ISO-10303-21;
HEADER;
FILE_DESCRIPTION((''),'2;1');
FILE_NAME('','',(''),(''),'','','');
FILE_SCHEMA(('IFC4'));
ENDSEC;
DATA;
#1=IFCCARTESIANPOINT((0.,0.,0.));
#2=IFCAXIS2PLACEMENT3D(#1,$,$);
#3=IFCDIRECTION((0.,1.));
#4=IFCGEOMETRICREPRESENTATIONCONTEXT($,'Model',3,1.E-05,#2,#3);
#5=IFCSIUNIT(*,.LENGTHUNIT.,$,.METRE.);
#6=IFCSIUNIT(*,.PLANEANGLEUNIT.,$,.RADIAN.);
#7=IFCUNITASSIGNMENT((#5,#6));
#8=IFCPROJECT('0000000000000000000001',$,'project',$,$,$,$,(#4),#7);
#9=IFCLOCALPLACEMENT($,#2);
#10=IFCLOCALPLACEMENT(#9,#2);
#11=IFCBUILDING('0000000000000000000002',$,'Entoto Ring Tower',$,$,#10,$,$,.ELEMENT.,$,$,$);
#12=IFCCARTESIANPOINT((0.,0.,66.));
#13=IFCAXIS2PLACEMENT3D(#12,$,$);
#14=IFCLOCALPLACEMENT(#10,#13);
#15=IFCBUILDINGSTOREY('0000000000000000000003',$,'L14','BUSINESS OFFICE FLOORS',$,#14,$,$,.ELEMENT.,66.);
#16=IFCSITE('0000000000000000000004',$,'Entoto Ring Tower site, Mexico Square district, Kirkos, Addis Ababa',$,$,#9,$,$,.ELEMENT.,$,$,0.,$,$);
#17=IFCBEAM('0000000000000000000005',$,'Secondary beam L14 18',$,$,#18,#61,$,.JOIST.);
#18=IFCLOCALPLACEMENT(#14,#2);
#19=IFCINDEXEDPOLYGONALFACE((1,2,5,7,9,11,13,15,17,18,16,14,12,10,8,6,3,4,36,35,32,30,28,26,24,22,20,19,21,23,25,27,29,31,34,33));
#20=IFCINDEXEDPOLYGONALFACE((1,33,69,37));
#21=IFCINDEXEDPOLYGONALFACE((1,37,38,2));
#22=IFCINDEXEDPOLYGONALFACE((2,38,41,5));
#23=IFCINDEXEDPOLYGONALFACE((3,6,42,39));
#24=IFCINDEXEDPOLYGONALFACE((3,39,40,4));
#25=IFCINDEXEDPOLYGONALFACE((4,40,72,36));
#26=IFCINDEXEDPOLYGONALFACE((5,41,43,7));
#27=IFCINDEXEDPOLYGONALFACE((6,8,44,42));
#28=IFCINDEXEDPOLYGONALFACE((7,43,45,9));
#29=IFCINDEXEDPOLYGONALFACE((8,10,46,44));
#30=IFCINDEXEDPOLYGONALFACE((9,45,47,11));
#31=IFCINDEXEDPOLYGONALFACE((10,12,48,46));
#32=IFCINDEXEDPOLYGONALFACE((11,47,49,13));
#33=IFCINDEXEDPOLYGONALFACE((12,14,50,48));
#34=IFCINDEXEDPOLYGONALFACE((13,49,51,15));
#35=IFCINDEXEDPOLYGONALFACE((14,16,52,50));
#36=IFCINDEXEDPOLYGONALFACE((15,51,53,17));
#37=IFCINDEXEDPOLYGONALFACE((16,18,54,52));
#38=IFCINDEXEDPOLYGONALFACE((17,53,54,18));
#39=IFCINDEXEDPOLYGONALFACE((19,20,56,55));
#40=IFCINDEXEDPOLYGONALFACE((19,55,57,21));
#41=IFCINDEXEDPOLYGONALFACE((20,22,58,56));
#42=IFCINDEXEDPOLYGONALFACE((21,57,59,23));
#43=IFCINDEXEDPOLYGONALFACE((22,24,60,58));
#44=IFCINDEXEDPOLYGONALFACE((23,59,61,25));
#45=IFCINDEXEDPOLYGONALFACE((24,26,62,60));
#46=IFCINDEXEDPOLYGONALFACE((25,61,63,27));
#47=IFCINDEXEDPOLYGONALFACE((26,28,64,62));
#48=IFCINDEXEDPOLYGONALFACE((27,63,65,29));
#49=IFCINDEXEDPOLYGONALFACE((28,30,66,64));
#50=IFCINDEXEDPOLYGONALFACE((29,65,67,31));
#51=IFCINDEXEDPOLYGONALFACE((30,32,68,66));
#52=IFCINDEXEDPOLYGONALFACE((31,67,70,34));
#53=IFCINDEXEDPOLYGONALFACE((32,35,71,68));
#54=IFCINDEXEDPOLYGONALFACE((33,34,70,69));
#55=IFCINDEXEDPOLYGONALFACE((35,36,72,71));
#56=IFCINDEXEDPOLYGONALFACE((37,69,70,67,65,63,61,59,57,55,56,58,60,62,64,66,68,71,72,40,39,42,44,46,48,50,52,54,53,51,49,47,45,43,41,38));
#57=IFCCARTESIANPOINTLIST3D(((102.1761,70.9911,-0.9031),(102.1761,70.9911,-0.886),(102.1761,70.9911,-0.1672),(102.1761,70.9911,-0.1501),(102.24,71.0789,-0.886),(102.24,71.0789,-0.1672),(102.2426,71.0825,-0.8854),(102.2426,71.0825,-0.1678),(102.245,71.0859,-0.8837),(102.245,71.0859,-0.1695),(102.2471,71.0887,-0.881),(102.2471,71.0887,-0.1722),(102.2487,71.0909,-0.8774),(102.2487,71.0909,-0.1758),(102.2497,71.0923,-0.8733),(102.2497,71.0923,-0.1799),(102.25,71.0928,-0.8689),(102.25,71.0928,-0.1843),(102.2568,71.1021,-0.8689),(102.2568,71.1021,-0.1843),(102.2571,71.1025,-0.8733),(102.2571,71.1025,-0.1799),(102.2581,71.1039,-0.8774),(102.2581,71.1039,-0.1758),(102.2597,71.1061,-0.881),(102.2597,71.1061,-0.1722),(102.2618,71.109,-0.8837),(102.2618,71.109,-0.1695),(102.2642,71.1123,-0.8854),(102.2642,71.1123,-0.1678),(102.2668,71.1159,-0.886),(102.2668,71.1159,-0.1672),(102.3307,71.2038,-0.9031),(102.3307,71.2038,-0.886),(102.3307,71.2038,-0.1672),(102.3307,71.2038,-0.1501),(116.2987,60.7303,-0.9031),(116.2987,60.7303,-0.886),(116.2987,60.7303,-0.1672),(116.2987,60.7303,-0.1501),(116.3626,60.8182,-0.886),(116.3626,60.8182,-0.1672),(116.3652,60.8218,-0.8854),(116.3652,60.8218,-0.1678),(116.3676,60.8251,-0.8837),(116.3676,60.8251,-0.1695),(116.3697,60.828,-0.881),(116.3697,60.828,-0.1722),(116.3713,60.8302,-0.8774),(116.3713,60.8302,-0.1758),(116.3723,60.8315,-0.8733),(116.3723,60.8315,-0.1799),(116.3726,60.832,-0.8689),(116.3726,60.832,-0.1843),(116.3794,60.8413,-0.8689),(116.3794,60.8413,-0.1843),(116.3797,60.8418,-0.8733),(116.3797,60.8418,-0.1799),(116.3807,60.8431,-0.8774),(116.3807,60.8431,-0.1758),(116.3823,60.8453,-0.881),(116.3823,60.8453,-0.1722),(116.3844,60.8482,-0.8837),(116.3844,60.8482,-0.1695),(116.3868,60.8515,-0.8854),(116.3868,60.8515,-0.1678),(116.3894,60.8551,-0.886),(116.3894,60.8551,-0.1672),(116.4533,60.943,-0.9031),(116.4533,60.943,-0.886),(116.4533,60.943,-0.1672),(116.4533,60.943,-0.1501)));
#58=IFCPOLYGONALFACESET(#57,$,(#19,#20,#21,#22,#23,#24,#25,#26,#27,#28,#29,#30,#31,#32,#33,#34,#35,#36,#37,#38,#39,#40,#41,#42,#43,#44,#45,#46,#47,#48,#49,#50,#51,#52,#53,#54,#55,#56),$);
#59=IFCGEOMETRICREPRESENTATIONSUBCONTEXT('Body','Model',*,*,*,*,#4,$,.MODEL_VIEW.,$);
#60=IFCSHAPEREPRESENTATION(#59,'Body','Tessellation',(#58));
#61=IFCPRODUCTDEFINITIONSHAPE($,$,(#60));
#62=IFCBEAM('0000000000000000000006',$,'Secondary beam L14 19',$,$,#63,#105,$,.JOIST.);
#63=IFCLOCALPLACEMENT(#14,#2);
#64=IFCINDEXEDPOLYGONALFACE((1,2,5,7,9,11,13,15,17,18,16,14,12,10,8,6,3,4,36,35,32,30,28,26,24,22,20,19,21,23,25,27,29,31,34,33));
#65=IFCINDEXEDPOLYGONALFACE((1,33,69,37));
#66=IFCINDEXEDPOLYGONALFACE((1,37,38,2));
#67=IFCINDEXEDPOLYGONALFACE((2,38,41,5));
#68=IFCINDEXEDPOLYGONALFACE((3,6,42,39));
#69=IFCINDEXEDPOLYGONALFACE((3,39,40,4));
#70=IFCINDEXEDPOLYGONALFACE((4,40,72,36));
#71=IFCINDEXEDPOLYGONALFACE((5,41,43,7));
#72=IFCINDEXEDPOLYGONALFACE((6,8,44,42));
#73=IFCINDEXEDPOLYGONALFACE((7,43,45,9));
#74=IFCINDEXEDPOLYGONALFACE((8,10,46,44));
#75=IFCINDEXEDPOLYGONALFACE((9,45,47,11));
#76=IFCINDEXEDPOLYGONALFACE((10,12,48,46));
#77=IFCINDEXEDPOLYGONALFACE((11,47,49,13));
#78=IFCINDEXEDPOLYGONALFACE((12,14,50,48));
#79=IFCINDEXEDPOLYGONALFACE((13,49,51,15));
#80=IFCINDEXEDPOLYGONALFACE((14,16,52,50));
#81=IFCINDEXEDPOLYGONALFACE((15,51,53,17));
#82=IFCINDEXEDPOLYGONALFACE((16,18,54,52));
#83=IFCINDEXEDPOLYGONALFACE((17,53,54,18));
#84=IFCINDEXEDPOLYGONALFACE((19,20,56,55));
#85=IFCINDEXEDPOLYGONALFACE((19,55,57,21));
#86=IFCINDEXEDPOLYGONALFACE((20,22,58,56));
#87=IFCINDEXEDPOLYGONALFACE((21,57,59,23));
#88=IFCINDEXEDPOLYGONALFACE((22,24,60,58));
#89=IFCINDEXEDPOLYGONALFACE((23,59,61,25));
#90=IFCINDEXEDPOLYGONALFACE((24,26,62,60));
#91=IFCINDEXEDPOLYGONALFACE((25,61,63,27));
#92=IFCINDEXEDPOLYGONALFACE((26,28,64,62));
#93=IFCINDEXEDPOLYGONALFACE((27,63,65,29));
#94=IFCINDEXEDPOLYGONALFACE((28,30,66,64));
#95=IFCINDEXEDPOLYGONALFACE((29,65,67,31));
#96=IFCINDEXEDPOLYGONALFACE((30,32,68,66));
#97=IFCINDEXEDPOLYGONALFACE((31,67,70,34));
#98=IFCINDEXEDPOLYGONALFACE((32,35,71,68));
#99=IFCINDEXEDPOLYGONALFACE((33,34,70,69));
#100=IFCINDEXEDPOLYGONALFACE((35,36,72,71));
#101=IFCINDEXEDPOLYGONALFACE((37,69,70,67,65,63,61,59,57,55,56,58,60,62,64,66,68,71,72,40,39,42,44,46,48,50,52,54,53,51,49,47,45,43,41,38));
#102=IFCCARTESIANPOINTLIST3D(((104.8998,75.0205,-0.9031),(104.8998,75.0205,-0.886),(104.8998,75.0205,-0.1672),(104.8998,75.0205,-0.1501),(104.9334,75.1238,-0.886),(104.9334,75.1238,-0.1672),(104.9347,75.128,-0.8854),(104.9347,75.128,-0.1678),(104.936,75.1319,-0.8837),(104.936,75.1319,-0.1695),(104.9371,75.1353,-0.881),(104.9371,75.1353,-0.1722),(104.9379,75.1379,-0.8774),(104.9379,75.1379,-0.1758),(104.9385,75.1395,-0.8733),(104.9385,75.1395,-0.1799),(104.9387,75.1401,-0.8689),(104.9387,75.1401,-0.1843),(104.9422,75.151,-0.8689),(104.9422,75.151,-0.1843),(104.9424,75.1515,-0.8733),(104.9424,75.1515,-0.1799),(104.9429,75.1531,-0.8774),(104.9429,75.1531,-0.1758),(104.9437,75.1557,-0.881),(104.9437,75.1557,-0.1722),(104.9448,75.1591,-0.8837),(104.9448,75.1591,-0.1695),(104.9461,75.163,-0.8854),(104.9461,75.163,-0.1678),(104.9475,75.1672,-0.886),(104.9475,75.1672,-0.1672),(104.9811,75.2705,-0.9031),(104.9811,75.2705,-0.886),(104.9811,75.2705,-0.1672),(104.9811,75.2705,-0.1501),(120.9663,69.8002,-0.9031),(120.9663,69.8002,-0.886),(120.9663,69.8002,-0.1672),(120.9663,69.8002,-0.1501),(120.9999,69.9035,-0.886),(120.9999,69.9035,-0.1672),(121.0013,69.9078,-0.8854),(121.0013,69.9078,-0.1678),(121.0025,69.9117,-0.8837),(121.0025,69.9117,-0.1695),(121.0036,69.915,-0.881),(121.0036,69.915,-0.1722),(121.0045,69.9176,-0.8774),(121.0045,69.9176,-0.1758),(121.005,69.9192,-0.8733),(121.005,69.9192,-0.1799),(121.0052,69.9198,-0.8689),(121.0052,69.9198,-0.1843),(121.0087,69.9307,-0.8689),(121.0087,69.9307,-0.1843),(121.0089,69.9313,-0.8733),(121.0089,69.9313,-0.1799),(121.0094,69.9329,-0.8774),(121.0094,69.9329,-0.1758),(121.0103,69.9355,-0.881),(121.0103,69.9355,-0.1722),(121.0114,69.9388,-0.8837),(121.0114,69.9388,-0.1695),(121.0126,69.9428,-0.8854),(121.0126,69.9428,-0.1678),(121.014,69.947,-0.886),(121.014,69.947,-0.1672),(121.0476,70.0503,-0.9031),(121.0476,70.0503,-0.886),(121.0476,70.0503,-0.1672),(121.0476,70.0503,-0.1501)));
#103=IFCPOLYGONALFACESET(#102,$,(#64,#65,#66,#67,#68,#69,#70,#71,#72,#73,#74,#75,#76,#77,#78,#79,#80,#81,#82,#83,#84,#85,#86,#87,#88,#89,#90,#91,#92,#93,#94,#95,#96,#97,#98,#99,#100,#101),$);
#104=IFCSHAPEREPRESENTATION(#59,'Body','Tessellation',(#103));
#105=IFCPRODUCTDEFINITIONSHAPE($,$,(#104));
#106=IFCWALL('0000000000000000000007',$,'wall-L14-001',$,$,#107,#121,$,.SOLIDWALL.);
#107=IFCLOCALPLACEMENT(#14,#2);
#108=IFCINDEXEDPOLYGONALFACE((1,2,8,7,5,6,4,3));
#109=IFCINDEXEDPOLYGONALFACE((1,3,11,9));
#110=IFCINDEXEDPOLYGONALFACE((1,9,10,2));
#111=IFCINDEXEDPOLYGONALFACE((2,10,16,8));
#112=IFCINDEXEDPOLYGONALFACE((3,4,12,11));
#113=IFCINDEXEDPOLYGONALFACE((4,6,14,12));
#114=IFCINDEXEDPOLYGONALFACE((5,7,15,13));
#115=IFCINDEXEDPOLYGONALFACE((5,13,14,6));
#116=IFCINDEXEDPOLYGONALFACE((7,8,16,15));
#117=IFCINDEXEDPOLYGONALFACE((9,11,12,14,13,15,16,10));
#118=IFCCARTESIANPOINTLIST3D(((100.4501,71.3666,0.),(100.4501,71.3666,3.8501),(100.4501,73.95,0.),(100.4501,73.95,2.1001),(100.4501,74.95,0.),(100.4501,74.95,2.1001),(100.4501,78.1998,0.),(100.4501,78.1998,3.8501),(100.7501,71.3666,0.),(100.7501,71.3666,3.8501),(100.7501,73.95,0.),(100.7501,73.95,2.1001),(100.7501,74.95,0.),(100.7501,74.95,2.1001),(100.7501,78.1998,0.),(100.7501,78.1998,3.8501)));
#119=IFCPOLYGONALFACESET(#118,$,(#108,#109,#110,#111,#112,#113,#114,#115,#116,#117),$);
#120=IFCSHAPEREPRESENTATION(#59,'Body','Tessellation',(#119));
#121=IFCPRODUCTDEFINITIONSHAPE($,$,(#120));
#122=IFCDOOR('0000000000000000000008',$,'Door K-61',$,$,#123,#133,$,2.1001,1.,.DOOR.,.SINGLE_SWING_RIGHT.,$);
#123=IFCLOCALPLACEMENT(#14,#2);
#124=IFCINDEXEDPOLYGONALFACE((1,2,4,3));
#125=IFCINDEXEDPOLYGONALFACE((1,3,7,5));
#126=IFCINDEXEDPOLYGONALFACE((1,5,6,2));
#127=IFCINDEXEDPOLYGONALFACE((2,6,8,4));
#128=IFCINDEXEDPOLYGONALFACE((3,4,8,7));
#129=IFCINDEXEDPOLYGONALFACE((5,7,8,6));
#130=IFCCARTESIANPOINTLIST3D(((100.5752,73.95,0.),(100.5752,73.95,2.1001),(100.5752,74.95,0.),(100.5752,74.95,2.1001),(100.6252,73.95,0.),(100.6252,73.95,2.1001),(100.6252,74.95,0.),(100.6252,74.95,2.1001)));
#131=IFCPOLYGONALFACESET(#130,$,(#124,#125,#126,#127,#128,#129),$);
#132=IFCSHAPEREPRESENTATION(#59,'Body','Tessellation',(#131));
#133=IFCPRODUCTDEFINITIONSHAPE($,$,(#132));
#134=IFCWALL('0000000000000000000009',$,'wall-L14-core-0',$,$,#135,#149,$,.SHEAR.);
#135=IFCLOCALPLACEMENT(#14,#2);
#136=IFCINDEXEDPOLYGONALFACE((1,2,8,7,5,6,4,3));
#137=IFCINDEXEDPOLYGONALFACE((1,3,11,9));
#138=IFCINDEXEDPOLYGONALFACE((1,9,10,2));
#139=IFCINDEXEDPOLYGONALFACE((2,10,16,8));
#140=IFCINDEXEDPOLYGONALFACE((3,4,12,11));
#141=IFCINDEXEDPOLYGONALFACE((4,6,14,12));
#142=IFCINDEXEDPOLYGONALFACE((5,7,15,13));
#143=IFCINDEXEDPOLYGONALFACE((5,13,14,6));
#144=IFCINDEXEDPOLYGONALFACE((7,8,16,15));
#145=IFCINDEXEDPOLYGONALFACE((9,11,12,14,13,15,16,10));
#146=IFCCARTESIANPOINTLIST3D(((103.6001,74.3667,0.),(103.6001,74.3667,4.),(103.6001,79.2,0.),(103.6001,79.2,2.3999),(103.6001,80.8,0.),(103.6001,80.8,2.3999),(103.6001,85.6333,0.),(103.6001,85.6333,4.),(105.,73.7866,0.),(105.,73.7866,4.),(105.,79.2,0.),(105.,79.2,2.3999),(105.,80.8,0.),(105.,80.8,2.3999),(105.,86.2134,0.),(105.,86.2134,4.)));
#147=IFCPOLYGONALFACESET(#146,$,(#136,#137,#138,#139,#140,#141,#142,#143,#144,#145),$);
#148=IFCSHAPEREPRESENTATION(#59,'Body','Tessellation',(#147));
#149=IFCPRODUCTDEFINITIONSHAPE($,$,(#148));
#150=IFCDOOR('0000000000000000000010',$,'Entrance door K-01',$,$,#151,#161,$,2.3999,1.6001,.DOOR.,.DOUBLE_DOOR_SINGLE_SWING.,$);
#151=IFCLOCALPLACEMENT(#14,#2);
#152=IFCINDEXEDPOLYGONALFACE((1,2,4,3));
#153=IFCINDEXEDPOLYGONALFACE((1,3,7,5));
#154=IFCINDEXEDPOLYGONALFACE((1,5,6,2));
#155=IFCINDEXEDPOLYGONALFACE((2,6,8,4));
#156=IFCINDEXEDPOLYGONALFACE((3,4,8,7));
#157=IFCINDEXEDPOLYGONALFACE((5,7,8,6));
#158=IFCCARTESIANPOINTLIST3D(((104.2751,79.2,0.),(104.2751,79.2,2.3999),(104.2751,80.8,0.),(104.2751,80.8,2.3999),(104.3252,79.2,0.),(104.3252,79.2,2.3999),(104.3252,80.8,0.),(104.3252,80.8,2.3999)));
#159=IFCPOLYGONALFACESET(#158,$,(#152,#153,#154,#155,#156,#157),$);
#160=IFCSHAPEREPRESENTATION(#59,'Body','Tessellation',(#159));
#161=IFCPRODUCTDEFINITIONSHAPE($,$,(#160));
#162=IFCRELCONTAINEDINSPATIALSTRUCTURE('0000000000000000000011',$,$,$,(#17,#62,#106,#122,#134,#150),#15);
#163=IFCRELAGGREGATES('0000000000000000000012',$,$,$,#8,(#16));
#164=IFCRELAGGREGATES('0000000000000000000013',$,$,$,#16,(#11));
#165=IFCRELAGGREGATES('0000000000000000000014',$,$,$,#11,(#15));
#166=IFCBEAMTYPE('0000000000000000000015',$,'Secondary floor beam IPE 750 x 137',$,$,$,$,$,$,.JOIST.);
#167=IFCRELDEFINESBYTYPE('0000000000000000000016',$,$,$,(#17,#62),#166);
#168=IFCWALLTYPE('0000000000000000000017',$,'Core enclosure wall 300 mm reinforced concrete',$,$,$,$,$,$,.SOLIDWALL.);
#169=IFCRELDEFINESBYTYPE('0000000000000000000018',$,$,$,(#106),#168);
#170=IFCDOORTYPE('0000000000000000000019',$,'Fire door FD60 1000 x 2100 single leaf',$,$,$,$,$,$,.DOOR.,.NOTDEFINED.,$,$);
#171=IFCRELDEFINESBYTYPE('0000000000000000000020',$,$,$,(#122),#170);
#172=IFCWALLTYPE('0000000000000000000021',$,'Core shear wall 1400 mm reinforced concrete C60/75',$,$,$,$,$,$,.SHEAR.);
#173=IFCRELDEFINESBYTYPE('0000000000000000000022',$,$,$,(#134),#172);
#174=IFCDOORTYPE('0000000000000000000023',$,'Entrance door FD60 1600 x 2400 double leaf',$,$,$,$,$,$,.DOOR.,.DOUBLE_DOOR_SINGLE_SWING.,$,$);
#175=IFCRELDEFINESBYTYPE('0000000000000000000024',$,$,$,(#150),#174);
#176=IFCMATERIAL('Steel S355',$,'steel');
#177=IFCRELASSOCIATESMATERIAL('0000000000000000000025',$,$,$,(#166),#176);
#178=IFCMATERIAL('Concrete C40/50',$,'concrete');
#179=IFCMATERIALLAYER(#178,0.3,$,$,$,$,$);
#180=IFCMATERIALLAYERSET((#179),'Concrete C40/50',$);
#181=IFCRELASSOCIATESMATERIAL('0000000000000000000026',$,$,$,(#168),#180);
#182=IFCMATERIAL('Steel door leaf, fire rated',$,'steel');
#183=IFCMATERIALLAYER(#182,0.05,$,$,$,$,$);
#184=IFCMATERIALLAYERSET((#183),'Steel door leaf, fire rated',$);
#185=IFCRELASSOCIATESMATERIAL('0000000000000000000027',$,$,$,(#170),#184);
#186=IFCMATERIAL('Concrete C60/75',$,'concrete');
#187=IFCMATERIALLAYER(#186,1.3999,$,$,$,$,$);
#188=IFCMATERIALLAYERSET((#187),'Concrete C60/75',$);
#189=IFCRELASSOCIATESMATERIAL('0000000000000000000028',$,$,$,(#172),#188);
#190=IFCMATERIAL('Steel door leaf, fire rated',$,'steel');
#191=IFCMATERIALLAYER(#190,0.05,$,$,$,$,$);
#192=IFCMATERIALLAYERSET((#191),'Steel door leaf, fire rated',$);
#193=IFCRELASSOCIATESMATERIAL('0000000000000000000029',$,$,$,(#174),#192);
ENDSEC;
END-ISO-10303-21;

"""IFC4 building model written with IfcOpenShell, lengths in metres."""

from ifc_helpers import new_model, si_unit, direction, frame, frame_2d, origin, origin_2d, place, context, subcontext, project, spatial, polyline, rectangle, i_section, outline, extrude, material, layer, layer_set, material_profile, profile_set, type_object, element, fill, save


model = new_model("IFC4")

# Units and contexts
model_context = context("Model", 3, precision=1e-05, world=origin(), true_north=direction((0.0, 1.0)))
body_context = subcontext(model_context, "Body", "Model", "MODEL_VIEW")
ifc_project = project(units=[si_unit("LENGTHUNIT", "METRE"), si_unit("PLANEANGLEUNIT", "RADIAN")], contexts=[model_context])

# Site, building, storey
site_placement = place(None, origin())
site = spatial("IfcSite", under=ifc_project, at=site_placement, Name="Entoto Ring Tower site, Mexico Square district, Kirkos, Addis Ababa", CompositionType="ELEMENT", RefElevation=0.0)
building_placement = place(site_placement, origin())
building = spatial("IfcBuilding", under=site, at=building_placement, Name="Entoto Ring Tower", CompositionType="ELEMENT")
storey_placement = place(building_placement, frame((0.0, 0.0, 66.0)))
storey = spatial("IfcBuildingStorey", under=building, at=storey_placement, Name="L14", Description="BUSINESS OFFICE FLOORS", CompositionType="ELEMENT", Elevation=66.0)

# Beams
ifc_material_1 = material(Name="Steel S355", Category="steel")
ifc_material_profile_1 = material_profile(ifc_material_1, i_section(OverallWidth=0.2629, OverallDepth=0.7529, WebThickness=0.0115, FlangeThickness=0.0171, FilletRadius=0.0171, at=origin_2d()), Name="IPE 750 x 137")
ifc_profile_set_1 = profile_set([ifc_material_profile_1], Name="Steel S355")
beam_type_1 = type_object("IfcBeamType", Name="Secondary floor beam IPE 750 x 137", PredefinedType="JOIST", material=ifc_profile_set_1)
for number, where, z_axis, x_axis, name in (
    (1, (102.2534, 71.0974, -0.5266), (0.809014, -0.587789, 0.0), (0.587789, 0.809014, 0.0), "Secondary beam L14 18"),
):
    element("IfcBeam", number, at=place(storey_placement, frame(where, z_axis=z_axis, x_axis=x_axis)), inside=storey, type_object=beam_type_1, Name=name, PredefinedType="JOIST", context=body_context, shape_type="SweptSolid", body=[
        extrude(i_section(OverallWidth=0.2629, OverallDepth=0.7529, WebThickness=0.0115, FlangeThickness=0.0171, FilletRadius=0.0171, at=origin_2d()), origin(), (0.0, 0.0, 1.0), 17.4565),
    ])
beam_1_placement = place(storey_placement, frame((104.9404, 75.1455, -0.5266), z_axis=(0.951058, -0.309013, 0.0), x_axis=(0.309013, 0.951058, 0.0)))
element("IfcBeam", 2, at=beam_1_placement, inside=storey, type_object=beam_type_1, Name="Secondary beam L14 19", PredefinedType="JOIST", context=body_context, shape_type="SweptSolid", body=[
    extrude(i_section(OverallWidth=0.2629, OverallDepth=0.7529, WebThickness=0.0115, FlangeThickness=0.0171, FilletRadius=0.0171, at=origin_2d()), origin(), (0.0, 0.0, 1.0), 16.8933),
])

# Walls, openings, doors
ifc_material_2 = material(Name="Concrete C40/50", Category="concrete")
ifc_layer_1 = layer(ifc_material_2, 0.3)
ifc_layer_set_1 = layer_set([ifc_layer_1], Name="Concrete C40/50")
wall_type_1 = type_object("IfcWallType", Name="Core enclosure wall 300 mm reinforced concrete", PredefinedType="SOLIDWALL", material=ifc_layer_set_1)
wall_1_placement = place(storey_placement, frame((100.6001, 71.3667, 0.0), z_axis=(0.0, 0.0, 1.0), x_axis=(0.0, 1.0, 0.0)))
wall_1 = element("IfcWall", 3, at=wall_1_placement, inside=storey, type_object=wall_type_1, Name="wall-L14-001", PredefinedType="SOLIDWALL", context=body_context, shape_type="SweptSolid", body=[
    extrude(rectangle(XDim=6.8333, YDim=0.3, at=frame_2d((3.4165, 0.0))), origin(), (0.0, 0.0, 1.0), 3.8501),
])
opening_1_placement = place(wall_1_placement, frame((2.5833, 0.0, 0.0)))
opening_1 = element("IfcOpeningElement", 4, at=opening_1_placement, cuts=wall_1, PredefinedType="OPENING", context=body_context, shape_type="SweptSolid", body=[
    extrude(rectangle(XDim=1.0, YDim=2.1001, at=frame_2d((0.5, 1.05))), frame((0.0, 0.1602, 0.0), z_axis=(0.0, -1.0, 0.0), x_axis=(1.0, 0.0, 0.0)), (0.0, 0.0, 1.0), 0.3201),
])
ifc_material_3 = material(Name="Steel door leaf, fire rated", Category="steel")
ifc_layer_2 = layer(ifc_material_3, 0.05)
ifc_layer_set_2 = layer_set([ifc_layer_2], Name="Steel door leaf, fire rated")
door_type_1 = type_object("IfcDoorType", Name="Fire door FD60 1000 x 2100 single leaf", OperationType="NOTDEFINED", PredefinedType="DOOR", material=ifc_layer_set_2)
door_1_placement = place(opening_1_placement, origin())
door_1 = element("IfcDoor", 5, at=door_1_placement, inside=storey, type_object=door_type_1, Name="Door K-61", OperationType="SINGLE_SWING_RIGHT", OverallHeight=2.1001, OverallWidth=1.0, PredefinedType="DOOR", context=body_context, shape_type="SweptSolid", body=[
    extrude(rectangle(XDim=1.0, YDim=2.1001, at=frame_2d((0.5, 1.05))), frame((0.0, 0.0249, 0.0), z_axis=(0.0, -1.0, 0.0), x_axis=(1.0, 0.0, 0.0)), (0.0, 0.0, 1.0), 0.05),
])
fill(opening_1, door_1)
ifc_material_4 = material(Name="Concrete C60/75", Category="concrete")
ifc_layer_3 = layer(ifc_material_4, 1.3999)
ifc_layer_set_3 = layer_set([ifc_layer_3], Name="Concrete C60/75")
wall_type_2 = type_object("IfcWallType", Name="Core shear wall 1400 mm reinforced concrete C60/75", PredefinedType="SHEAR", material=ifc_layer_set_3)
wall_2_placement = place(storey_placement, frame((104.3, 74.0767, 0.0), z_axis=(0.0, 0.0, 1.0), x_axis=(0.0, 1.0, 0.0)))
wall_2 = element("IfcWall", 6, at=wall_2_placement, inside=storey, type_object=wall_type_2, Name="wall-L14-core-0", PredefinedType="SHEAR", context=body_context, shape_type="SweptSolid", body=[
    extrude(outline(polyline([(-0.29, -0.7), (12.1367, -0.7), (11.5566, 0.7), (0.29, 0.7), (-0.29, -0.7)])), origin(), (0.0, 0.0, 1.0), 4.0),
])
opening_2_placement = place(wall_2_placement, frame((5.1233, 0.0, 0.0)))
opening_2 = element("IfcOpeningElement", 7, at=opening_2_placement, cuts=wall_2, PredefinedType="OPENING", context=body_context, shape_type="SweptSolid", body=[
    extrude(rectangle(XDim=1.6001, YDim=2.3999, at=frame_2d((0.8, 1.2))), frame((0.0, 0.71, 0.0), z_axis=(0.0, -1.0, 0.0), x_axis=(1.0, 0.0, 0.0)), (0.0, 0.0, 1.0), 1.4199),
])
ifc_material_5 = material(Name="Steel door leaf, fire rated", Category="steel")
ifc_layer_4 = layer(ifc_material_5, 0.05)
ifc_layer_set_4 = layer_set([ifc_layer_4], Name="Steel door leaf, fire rated")
door_type_2 = type_object("IfcDoorType", Name="Entrance door FD60 1600 x 2400 double leaf", OperationType="DOUBLE_DOOR_SINGLE_SWING", PredefinedType="DOOR", material=ifc_layer_set_4)
door_2_placement = place(opening_2_placement, origin())
door_2 = element("IfcDoor", 8, at=door_2_placement, inside=storey, type_object=door_type_2, Name="Entrance door K-01", OperationType="DOUBLE_DOOR_SINGLE_SWING", OverallHeight=2.3999, OverallWidth=1.6001, PredefinedType="DOOR", context=body_context, shape_type="SweptSolid", body=[
    extrude(rectangle(XDim=1.6001, YDim=2.3999, at=frame_2d((0.8, 1.2))), frame((0.0, 0.0249, 0.0), z_axis=(0.0, -1.0, 0.0), x_axis=(1.0, 0.0, 0.0)), (0.0, 0.0, 1.0), 0.05),
])
fill(opening_2, door_2)

save(model, "model.ifc")
